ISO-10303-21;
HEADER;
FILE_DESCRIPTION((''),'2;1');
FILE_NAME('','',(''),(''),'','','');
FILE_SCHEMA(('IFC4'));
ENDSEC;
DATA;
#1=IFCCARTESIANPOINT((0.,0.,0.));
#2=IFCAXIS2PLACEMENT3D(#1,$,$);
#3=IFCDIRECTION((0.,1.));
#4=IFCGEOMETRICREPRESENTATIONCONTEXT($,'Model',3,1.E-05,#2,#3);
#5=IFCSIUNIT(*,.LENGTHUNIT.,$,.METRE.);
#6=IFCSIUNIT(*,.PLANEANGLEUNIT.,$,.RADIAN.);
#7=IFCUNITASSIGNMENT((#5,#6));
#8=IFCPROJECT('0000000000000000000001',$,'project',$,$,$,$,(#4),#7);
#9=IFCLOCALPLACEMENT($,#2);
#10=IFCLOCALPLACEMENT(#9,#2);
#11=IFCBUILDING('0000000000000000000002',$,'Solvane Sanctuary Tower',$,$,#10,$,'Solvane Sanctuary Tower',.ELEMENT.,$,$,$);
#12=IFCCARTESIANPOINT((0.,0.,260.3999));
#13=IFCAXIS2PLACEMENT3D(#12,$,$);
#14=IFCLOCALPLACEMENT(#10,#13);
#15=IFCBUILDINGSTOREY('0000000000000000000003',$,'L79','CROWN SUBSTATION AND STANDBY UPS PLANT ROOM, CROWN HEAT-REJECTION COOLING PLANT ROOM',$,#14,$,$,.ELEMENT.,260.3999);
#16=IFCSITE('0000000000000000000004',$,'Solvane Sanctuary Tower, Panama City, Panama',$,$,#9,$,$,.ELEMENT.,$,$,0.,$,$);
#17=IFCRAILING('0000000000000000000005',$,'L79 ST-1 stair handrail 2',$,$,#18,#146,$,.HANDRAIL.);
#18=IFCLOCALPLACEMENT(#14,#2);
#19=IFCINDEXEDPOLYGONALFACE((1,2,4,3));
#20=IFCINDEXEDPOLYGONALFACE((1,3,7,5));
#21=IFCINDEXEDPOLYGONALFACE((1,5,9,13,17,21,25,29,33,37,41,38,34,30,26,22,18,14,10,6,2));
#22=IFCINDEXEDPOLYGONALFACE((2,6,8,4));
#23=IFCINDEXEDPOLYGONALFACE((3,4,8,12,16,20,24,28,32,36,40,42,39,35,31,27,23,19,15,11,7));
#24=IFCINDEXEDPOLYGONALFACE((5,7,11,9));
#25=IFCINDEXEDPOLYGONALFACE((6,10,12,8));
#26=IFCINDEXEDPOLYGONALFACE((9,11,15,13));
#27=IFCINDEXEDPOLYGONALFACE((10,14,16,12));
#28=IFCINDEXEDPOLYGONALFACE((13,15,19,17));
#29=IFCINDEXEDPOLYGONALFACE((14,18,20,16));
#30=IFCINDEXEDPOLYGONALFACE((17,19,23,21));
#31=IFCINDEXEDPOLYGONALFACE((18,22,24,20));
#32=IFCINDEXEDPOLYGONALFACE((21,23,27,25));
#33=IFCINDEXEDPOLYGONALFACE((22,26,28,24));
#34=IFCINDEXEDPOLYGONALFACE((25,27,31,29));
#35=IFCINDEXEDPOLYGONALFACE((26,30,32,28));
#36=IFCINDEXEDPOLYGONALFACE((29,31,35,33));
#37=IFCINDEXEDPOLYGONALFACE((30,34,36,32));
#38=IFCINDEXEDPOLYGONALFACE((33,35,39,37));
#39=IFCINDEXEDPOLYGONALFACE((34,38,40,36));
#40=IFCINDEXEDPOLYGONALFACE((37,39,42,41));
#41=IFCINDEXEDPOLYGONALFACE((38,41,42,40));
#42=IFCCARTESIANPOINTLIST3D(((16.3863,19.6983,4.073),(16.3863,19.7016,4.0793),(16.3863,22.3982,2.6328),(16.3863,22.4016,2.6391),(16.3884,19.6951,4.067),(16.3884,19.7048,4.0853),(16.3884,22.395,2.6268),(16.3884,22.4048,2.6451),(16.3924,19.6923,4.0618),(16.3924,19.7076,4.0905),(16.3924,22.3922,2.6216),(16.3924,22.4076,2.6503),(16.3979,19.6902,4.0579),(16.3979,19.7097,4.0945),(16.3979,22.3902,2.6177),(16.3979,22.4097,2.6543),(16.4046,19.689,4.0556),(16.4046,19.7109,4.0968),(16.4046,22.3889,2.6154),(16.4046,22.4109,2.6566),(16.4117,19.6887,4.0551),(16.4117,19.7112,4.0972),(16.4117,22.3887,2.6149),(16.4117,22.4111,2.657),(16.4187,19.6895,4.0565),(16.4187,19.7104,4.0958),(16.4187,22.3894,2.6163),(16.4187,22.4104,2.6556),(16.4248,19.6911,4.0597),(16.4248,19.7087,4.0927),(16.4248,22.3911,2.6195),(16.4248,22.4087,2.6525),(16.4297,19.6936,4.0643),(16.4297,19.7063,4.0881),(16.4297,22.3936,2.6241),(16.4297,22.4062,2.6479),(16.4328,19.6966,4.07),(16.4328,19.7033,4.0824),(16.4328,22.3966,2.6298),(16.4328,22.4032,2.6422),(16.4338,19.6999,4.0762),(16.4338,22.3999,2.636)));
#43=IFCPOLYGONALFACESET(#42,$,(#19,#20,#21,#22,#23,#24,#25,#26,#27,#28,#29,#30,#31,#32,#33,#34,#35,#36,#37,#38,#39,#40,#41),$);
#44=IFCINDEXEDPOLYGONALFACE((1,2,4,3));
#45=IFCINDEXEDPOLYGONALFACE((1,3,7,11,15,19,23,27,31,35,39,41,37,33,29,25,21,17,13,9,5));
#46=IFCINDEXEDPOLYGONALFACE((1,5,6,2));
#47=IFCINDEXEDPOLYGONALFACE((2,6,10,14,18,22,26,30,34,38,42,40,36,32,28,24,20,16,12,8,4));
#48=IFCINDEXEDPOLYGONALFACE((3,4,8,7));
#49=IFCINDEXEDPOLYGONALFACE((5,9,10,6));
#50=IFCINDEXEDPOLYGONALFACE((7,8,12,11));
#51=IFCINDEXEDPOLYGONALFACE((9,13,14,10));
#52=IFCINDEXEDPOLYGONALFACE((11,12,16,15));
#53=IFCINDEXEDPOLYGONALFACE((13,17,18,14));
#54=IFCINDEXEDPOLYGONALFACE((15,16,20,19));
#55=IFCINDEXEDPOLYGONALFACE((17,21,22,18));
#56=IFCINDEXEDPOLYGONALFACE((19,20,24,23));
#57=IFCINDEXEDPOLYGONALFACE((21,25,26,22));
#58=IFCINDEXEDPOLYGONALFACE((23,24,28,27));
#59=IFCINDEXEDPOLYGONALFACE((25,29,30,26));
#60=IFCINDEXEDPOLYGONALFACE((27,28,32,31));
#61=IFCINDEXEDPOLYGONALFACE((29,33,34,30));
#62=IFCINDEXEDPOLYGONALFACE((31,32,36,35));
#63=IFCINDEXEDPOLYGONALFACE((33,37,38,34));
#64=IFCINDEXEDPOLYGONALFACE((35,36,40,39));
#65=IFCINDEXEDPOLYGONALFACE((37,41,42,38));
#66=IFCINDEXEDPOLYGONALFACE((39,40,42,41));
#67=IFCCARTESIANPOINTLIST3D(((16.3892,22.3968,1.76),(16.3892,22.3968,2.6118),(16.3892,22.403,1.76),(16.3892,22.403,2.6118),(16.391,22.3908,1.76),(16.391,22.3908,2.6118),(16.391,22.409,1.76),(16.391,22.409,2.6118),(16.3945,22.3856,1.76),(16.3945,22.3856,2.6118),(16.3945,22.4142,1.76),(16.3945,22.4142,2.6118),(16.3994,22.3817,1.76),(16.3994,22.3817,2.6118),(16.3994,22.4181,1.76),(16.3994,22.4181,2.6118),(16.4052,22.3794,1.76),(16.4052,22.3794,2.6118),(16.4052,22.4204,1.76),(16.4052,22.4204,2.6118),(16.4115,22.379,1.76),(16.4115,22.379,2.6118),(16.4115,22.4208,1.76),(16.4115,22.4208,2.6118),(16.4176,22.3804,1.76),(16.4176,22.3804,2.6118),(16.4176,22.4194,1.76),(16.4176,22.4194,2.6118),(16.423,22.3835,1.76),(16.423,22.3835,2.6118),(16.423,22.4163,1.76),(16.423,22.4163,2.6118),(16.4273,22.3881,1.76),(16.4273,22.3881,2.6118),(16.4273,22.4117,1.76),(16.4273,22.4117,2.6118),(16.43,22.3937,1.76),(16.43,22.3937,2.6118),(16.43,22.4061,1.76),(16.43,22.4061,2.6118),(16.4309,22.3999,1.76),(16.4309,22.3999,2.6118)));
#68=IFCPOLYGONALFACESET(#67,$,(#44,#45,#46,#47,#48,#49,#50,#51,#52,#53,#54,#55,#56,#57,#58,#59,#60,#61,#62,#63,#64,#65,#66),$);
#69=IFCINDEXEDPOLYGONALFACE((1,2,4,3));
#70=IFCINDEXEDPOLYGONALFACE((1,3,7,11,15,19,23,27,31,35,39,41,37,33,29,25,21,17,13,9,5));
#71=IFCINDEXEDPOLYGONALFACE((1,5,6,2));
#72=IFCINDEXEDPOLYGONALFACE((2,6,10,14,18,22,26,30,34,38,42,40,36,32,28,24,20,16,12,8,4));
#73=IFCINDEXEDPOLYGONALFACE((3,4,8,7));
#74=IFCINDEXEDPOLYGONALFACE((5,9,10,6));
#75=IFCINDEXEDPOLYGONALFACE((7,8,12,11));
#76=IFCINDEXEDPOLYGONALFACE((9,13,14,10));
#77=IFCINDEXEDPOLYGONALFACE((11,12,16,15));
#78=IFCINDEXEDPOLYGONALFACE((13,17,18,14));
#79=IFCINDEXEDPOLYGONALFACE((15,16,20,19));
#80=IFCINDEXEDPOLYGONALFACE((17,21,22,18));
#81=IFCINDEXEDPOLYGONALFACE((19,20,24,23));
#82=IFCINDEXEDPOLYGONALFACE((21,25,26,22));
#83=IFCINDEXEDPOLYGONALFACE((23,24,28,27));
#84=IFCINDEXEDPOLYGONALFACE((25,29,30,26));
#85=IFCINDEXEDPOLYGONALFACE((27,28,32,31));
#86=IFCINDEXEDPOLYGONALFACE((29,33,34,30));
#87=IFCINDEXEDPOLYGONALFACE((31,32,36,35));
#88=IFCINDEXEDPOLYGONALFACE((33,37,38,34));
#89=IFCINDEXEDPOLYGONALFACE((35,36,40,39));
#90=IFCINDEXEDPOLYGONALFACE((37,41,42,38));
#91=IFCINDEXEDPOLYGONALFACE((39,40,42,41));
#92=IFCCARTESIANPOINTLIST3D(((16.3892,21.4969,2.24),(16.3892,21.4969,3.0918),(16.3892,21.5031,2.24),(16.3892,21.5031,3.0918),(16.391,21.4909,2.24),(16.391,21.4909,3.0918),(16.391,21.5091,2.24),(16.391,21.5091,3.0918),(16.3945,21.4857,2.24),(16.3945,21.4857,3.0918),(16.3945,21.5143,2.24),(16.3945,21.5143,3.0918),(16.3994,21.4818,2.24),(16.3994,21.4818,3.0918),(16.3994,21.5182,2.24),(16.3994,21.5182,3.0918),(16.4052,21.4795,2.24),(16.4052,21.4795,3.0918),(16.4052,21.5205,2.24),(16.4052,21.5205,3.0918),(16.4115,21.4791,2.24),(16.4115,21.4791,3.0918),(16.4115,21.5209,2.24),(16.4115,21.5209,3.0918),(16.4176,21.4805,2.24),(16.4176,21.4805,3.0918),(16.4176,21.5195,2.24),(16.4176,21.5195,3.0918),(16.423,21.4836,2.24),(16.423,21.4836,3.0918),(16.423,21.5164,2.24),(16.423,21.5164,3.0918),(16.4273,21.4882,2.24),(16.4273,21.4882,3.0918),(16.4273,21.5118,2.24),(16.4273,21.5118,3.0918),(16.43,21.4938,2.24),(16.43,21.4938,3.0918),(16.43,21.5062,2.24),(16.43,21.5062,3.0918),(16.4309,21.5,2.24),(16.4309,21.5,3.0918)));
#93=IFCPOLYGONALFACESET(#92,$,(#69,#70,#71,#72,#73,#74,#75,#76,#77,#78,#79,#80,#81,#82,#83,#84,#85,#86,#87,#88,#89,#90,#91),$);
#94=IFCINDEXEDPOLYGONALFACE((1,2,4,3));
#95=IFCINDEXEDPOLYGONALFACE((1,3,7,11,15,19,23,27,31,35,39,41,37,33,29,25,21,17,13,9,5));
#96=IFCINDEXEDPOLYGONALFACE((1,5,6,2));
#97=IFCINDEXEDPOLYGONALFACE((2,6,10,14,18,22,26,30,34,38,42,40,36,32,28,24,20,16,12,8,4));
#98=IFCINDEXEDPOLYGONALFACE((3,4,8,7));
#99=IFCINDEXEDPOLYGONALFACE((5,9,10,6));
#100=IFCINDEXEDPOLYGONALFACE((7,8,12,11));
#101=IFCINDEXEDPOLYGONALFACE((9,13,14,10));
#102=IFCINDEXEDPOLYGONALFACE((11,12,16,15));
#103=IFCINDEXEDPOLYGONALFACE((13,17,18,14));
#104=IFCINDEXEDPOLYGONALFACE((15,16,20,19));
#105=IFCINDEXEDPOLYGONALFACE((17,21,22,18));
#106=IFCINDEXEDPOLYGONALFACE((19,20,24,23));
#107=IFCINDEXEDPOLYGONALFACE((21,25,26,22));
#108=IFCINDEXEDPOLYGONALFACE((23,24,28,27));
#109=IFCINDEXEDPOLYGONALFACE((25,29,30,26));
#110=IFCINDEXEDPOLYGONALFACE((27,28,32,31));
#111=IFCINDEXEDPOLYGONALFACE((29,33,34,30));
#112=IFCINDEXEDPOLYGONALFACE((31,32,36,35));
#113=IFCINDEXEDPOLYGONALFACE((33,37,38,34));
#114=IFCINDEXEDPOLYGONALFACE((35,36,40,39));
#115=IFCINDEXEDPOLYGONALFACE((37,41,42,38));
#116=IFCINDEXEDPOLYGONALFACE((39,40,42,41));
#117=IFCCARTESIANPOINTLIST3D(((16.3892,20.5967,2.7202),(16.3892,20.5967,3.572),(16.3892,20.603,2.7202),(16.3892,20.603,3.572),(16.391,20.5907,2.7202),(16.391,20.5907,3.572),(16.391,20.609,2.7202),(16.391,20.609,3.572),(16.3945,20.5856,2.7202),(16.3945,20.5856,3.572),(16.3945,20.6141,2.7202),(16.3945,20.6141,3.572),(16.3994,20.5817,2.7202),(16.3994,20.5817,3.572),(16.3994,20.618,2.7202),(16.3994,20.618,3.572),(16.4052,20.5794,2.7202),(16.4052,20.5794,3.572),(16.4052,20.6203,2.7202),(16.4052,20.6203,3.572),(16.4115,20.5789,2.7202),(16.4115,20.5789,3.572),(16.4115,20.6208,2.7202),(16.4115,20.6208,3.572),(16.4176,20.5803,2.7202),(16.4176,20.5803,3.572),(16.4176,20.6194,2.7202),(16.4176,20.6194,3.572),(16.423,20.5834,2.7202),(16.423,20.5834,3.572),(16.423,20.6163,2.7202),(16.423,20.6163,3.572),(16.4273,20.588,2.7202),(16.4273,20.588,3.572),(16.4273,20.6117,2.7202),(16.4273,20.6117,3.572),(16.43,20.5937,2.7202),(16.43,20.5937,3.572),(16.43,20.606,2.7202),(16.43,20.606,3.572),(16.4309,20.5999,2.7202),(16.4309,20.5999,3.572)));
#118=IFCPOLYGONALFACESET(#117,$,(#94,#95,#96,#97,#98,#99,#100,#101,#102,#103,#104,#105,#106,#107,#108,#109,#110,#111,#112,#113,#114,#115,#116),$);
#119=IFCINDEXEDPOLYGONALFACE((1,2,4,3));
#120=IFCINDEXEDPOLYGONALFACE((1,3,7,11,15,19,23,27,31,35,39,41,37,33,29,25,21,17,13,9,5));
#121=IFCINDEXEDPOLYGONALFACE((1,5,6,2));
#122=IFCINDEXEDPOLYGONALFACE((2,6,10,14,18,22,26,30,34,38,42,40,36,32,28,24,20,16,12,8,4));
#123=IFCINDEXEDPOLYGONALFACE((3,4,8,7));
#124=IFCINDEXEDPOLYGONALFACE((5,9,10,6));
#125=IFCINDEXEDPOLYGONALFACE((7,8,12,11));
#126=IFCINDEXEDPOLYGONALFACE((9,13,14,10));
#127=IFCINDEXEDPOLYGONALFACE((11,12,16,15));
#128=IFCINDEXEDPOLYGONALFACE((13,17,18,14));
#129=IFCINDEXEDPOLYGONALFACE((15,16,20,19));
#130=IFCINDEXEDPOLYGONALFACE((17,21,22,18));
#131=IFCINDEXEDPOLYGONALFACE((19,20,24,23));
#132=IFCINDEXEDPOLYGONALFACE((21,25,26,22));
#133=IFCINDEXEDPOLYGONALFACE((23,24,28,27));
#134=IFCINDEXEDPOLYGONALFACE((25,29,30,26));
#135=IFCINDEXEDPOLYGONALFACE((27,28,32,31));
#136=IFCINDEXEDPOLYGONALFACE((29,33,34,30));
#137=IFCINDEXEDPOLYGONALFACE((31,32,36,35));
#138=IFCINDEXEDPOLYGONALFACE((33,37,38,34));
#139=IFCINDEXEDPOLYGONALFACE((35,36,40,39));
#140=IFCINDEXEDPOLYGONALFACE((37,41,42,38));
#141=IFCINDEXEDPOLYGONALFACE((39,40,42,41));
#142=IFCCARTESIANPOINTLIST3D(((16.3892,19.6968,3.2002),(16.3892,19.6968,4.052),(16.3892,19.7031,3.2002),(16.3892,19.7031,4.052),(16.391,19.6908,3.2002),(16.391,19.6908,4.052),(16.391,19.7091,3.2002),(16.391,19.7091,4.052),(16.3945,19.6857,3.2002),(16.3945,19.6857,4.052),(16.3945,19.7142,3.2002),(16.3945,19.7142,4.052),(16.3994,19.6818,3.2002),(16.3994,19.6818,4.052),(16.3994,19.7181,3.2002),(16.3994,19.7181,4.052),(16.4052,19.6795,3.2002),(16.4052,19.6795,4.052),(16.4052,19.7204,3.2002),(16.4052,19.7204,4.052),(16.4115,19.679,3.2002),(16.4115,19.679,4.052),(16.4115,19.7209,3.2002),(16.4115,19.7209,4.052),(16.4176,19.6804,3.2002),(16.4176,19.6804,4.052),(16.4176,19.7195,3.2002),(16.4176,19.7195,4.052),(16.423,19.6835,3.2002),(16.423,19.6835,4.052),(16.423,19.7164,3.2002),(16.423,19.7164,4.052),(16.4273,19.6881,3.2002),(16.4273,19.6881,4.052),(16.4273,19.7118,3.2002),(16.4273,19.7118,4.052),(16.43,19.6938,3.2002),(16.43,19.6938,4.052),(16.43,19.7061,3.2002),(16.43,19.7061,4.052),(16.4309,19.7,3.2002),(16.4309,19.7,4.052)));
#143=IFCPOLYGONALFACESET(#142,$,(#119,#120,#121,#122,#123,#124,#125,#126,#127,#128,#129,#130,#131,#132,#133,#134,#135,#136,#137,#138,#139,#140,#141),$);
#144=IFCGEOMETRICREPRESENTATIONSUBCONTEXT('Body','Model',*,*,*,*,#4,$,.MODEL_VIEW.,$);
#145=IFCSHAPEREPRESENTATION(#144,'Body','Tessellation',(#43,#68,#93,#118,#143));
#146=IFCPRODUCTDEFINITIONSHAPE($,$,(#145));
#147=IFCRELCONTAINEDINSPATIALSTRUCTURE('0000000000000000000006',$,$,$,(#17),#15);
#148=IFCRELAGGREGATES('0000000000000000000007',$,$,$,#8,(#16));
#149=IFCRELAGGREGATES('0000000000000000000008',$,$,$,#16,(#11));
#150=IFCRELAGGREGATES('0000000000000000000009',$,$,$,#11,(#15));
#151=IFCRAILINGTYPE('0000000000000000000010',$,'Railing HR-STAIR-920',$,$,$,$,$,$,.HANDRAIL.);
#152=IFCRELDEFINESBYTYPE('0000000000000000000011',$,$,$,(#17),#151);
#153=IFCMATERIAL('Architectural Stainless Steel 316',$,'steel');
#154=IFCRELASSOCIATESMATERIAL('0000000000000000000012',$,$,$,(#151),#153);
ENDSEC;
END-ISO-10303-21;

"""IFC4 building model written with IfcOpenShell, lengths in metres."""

from ifc_helpers import new_model, si_unit, direction, frame, origin, origin_2d, place, context, subcontext, project, spatial, circle, extrude, material, type_object, element, save


model = new_model("IFC4")

# Units and contexts
model_context = context("Model", 3, precision=1e-05, world=origin(), true_north=direction((0.0, 1.0)))
body_context = subcontext(model_context, "Body", "Model", "MODEL_VIEW")
ifc_project = project(units=[si_unit("LENGTHUNIT", "METRE"), si_unit("PLANEANGLEUNIT", "RADIAN")], contexts=[model_context])

# Site, building, storey
site_placement = place(None, origin())
site = spatial("IfcSite", under=ifc_project, at=site_placement, Name="Solvane Sanctuary Tower, Panama City, Panama", CompositionType="ELEMENT", RefElevation=0.0)
building_placement = place(site_placement, origin())
building = spatial("IfcBuilding", under=site, at=building_placement, Name="Solvane Sanctuary Tower", LongName="Solvane Sanctuary Tower", CompositionType="ELEMENT")
storey_placement = place(building_placement, frame((0.0, 0.0, 260.3999)))
storey = spatial("IfcBuildingStorey", under=building, at=storey_placement, Name="L79", Description="CROWN SUBSTATION AND STANDBY UPS PLANT ROOM, CROWN HEAT-REJECTION COOLING PLANT ROOM", CompositionType="ELEMENT", Elevation=260.3999)

# Shared definitions
ifc_material_1 = material(Name="Architectural Stainless Steel 316", Category="steel")

# Railing
railing_type_1 = type_object("IfcRailingType", Name="Railing HR-STAIR-920", PredefinedType="HANDRAIL", material=ifc_material_1)
railing_1_placement = place(storey_placement, frame((16.4099, 22.3999, 1.76)))
element("IfcRailing", 1, at=railing_1_placement, inside=storey, type_object=railing_type_1, Name="L79 ST-1 stair handrail 2", PredefinedType="HANDRAIL", context=body_context, shape_type="SweptSolid", body=[
    extrude(circle(Radius=0.0239, at=origin_2d()), frame((0.0, 0.0, 0.876), z_axis=(0.0, -0.882324, 0.470642), x_axis=(1.0, 0.0, 0.0)), (0.0, 0.0, 1.0), 3.0601),
    extrude(circle(Radius=0.021, at=origin_2d()), origin(), (0.0, 0.0, 1.0), 0.8518),
    extrude(circle(Radius=0.021, at=origin_2d()), frame((0.0, -0.8999, 0.48)), (0.0, 0.0, 1.0), 0.8518),
    extrude(circle(Radius=0.021, at=origin_2d()), frame((0.0, -1.8, 0.9602)), (0.0, 0.0, 1.0), 0.8518),
    extrude(circle(Radius=0.021, at=origin_2d()), frame((0.0, -2.7, 1.4402)), (0.0, 0.0, 1.0), 0.8518),
])

save(model, "model.ifc")
